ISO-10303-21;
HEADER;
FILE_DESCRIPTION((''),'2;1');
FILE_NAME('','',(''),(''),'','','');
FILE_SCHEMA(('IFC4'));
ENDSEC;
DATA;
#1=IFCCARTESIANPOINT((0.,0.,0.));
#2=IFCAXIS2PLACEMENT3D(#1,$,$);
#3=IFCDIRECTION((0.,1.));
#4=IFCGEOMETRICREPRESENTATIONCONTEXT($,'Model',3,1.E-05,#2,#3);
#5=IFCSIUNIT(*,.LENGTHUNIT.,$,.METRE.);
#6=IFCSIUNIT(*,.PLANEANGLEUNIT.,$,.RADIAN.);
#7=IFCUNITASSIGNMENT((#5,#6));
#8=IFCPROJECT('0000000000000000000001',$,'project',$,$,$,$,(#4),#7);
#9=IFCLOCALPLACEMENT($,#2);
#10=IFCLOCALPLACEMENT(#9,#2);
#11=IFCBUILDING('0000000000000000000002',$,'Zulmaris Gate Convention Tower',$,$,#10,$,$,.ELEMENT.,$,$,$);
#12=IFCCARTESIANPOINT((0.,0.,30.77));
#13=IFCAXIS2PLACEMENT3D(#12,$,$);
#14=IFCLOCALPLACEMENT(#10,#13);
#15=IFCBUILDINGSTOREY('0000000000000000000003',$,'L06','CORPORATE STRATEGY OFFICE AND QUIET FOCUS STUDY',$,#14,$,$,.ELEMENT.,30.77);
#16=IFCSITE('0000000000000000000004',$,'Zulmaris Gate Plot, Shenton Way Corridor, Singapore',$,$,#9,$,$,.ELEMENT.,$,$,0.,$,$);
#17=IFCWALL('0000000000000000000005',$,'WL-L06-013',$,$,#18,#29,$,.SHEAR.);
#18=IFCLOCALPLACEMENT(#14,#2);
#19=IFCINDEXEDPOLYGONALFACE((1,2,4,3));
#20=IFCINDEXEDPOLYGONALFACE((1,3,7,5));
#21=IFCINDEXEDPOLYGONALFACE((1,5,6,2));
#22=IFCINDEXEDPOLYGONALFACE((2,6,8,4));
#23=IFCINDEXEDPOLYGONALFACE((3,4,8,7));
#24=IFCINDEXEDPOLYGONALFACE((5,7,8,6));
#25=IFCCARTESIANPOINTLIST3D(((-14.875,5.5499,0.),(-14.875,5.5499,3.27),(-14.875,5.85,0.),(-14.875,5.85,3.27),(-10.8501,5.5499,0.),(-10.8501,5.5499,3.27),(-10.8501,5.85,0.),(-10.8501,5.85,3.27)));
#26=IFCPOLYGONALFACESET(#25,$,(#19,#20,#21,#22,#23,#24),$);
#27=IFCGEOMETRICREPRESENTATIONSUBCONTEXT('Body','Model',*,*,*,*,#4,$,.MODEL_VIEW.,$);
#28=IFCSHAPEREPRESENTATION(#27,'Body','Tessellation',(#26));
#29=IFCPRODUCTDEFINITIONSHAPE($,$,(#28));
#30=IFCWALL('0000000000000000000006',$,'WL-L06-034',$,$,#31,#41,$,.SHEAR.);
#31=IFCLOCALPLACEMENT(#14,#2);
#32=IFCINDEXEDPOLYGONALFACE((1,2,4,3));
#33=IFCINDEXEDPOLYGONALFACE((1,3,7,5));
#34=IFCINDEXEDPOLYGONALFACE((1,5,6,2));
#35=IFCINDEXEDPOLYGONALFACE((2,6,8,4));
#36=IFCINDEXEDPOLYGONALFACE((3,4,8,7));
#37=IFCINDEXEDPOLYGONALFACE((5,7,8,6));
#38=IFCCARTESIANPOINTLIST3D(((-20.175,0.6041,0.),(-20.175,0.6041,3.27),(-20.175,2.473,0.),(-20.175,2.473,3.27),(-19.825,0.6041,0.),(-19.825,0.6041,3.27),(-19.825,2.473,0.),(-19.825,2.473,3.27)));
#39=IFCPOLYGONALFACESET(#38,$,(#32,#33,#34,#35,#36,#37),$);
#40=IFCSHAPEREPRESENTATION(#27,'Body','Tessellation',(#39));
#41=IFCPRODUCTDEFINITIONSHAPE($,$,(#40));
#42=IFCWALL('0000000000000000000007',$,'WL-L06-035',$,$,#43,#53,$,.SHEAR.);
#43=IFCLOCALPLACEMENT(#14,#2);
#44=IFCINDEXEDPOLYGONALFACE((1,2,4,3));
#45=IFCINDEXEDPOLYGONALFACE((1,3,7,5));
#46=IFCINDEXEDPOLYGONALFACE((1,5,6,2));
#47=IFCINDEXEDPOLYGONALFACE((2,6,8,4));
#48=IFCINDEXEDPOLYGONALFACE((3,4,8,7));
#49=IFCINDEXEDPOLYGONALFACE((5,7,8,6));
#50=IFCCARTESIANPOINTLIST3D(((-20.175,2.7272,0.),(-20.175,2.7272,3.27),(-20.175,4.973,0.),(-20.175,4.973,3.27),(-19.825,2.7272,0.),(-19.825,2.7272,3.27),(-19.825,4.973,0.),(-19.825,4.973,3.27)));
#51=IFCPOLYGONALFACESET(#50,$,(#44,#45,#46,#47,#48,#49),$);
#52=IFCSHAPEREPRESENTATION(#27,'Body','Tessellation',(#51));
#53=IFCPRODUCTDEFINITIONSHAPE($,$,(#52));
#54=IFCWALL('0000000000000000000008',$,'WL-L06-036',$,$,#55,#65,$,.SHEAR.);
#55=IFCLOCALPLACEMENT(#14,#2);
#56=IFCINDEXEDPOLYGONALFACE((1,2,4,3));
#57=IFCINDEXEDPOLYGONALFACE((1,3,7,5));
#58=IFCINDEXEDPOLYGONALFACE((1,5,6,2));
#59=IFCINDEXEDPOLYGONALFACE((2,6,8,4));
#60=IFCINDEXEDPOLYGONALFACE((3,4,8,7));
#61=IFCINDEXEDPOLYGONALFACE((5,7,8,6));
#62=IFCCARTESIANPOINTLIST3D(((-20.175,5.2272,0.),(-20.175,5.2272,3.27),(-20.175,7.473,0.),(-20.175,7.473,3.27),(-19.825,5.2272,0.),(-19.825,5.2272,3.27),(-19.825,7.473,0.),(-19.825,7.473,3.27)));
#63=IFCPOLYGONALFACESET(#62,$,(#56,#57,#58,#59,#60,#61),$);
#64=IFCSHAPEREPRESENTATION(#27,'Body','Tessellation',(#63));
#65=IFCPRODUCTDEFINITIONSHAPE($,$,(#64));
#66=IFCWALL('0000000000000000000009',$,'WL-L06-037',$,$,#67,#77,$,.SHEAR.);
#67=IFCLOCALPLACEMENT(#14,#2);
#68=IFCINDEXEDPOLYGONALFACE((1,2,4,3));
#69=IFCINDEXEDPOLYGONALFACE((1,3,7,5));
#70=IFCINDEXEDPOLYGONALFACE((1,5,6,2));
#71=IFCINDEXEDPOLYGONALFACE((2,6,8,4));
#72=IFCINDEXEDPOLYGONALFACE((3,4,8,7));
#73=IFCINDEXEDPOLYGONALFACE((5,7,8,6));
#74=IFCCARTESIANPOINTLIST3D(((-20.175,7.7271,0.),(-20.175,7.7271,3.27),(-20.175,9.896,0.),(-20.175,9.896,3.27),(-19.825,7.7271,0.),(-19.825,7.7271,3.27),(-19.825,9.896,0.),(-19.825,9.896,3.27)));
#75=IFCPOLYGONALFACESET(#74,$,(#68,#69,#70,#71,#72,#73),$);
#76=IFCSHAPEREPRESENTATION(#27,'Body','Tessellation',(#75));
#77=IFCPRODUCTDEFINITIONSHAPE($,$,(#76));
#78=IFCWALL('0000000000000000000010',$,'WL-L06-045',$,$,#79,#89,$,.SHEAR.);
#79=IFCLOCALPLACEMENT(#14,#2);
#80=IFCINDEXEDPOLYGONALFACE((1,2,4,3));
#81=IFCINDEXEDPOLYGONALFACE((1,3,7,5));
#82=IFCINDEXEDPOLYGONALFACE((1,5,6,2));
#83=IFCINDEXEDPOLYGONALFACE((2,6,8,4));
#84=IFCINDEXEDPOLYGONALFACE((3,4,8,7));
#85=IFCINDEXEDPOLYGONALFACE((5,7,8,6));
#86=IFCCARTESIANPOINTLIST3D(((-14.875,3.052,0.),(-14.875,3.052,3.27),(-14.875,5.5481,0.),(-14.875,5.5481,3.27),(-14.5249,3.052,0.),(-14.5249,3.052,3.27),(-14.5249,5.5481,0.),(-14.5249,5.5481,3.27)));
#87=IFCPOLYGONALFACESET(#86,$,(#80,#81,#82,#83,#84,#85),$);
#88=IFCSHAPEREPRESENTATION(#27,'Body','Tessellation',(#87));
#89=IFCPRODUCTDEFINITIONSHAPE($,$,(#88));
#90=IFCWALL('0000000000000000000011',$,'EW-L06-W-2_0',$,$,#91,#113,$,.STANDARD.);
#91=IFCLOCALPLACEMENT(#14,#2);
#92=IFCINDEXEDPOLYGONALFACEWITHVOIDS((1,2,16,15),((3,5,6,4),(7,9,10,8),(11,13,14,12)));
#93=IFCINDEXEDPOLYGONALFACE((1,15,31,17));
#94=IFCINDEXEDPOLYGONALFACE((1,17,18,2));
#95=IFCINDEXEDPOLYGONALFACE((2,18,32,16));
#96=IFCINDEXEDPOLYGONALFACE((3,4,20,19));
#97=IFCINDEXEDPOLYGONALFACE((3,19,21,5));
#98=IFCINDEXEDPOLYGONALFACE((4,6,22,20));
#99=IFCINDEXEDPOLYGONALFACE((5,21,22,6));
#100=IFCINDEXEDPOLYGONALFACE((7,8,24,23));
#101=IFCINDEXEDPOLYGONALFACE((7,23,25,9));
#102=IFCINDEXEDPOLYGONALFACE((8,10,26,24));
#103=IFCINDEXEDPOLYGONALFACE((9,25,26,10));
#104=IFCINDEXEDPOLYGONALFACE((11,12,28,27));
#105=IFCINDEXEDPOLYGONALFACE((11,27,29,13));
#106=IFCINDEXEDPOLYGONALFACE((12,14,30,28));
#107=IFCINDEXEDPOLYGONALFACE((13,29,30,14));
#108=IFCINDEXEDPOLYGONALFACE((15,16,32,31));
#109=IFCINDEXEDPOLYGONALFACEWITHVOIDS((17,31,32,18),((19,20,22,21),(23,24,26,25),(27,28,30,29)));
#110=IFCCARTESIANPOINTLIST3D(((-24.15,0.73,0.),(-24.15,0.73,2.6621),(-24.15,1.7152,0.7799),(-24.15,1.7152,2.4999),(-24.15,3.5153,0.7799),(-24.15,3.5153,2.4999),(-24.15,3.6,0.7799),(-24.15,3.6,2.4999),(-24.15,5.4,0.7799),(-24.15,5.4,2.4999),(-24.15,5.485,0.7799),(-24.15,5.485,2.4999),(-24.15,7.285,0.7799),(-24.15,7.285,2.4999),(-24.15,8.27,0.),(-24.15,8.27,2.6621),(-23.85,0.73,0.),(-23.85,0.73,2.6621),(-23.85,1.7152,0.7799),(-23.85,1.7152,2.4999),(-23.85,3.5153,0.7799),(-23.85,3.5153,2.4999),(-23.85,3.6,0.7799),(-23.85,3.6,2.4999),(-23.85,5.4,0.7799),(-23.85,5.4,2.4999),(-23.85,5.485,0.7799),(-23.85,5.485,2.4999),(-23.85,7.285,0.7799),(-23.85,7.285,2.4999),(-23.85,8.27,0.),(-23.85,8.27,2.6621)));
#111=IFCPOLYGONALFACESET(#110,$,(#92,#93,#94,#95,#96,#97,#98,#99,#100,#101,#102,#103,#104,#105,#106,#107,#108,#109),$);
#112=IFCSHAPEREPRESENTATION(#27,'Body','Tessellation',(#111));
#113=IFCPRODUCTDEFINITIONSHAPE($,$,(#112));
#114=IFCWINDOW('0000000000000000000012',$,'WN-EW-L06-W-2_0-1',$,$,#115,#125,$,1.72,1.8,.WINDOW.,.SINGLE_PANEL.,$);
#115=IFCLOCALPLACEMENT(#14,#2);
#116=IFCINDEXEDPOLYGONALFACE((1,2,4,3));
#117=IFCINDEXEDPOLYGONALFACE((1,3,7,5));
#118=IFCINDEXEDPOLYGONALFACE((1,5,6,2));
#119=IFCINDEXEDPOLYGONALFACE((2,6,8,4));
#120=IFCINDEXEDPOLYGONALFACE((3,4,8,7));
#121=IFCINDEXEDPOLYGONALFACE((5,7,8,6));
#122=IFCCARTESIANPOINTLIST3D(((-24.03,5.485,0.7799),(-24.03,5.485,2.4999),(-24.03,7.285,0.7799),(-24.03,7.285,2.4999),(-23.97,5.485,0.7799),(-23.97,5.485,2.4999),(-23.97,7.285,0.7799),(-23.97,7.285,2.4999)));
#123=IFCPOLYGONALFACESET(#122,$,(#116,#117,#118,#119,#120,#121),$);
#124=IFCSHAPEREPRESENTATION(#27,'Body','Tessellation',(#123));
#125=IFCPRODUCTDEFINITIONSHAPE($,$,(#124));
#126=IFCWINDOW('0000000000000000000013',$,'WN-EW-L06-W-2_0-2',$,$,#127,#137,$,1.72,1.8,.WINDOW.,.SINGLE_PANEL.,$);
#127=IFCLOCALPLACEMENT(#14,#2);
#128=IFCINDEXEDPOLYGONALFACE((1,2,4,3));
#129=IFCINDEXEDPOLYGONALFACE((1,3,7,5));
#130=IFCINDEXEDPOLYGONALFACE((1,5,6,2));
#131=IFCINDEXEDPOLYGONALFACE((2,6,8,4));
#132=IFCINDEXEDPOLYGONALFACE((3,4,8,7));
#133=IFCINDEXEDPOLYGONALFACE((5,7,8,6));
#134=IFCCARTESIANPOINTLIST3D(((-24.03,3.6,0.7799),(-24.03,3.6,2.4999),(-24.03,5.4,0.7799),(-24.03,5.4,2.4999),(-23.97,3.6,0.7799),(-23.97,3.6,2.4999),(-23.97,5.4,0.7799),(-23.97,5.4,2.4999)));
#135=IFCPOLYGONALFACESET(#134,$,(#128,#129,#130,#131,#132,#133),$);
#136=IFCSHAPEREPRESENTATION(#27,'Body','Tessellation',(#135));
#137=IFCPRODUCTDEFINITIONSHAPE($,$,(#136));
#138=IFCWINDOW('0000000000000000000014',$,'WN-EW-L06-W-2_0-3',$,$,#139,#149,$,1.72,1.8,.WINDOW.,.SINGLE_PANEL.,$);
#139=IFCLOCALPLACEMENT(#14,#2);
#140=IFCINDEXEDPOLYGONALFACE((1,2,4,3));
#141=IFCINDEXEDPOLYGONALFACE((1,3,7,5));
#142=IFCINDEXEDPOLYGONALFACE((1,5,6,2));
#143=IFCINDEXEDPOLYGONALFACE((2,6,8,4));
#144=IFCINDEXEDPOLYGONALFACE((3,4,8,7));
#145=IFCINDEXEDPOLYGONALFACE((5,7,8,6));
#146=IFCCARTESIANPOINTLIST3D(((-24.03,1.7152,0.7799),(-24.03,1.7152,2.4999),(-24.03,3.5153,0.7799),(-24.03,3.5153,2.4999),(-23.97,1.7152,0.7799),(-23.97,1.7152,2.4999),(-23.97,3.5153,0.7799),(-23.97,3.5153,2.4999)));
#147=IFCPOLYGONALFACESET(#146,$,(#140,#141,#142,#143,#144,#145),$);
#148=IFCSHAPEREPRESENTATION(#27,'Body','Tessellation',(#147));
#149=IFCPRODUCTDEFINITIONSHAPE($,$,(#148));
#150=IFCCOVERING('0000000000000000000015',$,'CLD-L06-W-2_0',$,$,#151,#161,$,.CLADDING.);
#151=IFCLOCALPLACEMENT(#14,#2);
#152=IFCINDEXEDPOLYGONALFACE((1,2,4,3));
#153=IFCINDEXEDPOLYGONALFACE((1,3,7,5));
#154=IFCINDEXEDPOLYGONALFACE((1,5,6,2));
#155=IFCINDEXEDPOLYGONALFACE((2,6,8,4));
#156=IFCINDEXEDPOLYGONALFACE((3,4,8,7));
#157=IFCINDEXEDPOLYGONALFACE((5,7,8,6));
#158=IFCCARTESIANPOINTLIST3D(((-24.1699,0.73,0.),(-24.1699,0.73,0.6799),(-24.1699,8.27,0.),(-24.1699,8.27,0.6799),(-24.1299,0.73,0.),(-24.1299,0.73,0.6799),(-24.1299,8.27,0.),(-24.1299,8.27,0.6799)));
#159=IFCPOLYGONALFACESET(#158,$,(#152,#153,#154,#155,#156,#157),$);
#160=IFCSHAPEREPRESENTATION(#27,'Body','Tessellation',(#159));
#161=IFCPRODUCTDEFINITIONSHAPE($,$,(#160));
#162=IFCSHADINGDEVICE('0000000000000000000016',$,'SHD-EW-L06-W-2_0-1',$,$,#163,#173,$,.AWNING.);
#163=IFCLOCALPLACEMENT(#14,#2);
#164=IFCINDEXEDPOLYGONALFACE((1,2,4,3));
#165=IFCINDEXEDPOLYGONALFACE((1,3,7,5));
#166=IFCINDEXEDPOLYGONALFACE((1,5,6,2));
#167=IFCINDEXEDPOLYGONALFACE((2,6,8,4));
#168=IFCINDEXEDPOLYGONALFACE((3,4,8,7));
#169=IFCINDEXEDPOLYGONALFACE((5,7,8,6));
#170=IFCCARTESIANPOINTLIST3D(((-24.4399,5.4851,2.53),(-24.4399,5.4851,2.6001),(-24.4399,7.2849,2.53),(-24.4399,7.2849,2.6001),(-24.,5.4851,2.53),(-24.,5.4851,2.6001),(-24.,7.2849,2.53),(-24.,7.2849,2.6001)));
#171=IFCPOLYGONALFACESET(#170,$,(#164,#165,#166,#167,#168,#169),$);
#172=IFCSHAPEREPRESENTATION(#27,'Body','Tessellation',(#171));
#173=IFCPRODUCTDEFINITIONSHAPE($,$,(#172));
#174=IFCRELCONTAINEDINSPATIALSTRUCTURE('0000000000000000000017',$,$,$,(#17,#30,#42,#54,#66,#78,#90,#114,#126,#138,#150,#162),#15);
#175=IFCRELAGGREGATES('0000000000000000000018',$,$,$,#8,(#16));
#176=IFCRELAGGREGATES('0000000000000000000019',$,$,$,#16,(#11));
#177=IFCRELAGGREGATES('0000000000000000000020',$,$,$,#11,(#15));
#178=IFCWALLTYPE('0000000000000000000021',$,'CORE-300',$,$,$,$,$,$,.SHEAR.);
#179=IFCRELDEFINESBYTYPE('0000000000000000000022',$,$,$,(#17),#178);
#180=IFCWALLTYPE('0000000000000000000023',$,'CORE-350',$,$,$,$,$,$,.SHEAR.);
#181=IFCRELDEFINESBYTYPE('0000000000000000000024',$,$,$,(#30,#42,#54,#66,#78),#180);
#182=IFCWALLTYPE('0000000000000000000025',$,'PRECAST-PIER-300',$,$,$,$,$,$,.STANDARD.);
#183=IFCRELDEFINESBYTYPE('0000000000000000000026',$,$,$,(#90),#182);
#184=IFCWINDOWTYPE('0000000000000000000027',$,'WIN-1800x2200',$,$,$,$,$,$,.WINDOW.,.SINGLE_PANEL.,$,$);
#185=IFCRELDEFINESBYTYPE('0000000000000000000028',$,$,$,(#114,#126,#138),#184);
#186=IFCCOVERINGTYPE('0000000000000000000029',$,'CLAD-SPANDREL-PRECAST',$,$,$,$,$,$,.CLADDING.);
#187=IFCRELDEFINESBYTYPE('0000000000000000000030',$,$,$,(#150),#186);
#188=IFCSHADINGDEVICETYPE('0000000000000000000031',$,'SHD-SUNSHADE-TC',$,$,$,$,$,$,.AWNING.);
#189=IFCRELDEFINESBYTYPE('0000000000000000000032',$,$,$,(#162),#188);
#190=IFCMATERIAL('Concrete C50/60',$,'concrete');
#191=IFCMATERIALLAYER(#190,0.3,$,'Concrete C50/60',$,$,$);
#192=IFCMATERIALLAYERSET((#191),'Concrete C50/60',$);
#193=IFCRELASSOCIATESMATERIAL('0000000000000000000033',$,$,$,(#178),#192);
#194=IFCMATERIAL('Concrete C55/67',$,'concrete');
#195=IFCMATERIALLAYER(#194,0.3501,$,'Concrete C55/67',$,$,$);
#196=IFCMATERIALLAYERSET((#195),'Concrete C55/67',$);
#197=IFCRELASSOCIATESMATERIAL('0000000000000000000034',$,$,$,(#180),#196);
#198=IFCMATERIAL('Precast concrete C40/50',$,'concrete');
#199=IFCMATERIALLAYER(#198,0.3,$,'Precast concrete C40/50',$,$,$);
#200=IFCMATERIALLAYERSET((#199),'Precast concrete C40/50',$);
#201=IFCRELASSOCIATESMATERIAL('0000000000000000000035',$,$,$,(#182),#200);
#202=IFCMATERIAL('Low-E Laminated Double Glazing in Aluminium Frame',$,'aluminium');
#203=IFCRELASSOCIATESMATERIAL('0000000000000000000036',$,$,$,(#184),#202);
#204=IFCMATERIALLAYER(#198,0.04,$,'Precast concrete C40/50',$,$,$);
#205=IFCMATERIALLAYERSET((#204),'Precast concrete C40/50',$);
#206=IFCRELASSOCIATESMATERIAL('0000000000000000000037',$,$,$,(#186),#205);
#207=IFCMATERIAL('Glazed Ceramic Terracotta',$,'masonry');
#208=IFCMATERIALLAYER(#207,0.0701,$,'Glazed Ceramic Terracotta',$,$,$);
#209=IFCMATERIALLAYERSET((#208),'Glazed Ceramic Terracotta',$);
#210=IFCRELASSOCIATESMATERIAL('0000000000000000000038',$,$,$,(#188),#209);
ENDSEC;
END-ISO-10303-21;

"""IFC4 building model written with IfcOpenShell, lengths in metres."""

from ifc_helpers import new_model, si_unit, direction, frame, frame_2d, origin, place, context, subcontext, project, spatial, rectangle, extrude, material, layer, layer_set, type_object, element, fill, save


model = new_model("IFC4")

# Units and contexts
model_context = context("Model", 3, precision=1e-05, world=origin(), true_north=direction((0.0, 1.0)))
body_context = subcontext(model_context, "Body", "Model", "MODEL_VIEW")
ifc_project = project(units=[si_unit("LENGTHUNIT", "METRE"), si_unit("PLANEANGLEUNIT", "RADIAN")], contexts=[model_context])

# Site, building, storey
site_placement = place(None, origin())
site = spatial("IfcSite", under=ifc_project, at=site_placement, Name="Zulmaris Gate Plot, Shenton Way Corridor, Singapore", CompositionType="ELEMENT", RefElevation=0.0)
building_placement = place(site_placement, origin())
building = spatial("IfcBuilding", under=site, at=building_placement, Name="Zulmaris Gate Convention Tower", CompositionType="ELEMENT")
storey_placement = place(building_placement, frame((0.0, 0.0, 30.77)))
storey = spatial("IfcBuildingStorey", under=building, at=storey_placement, Name="L06", Description="CORPORATE STRATEGY OFFICE AND QUIET FOCUS STUDY", CompositionType="ELEMENT", Elevation=30.77)

# Shared definitions
ifc_material_1 = material(Name="Concrete C50/60", Category="concrete")

# Shared definitions
ifc_layer_1 = layer(ifc_material_1, 0.3, Name="Concrete C50/60")
ifc_layer_set_1 = layer_set([ifc_layer_1], Name="Concrete C50/60")
wall_type_1 = type_object("IfcWallType", Name="CORE-300", PredefinedType="SHEAR", material=ifc_layer_set_1)

# Walls
wall_1_placement = place(storey_placement, frame((-14.875, 5.7, 0.0), z_axis=(0.0, 0.0, 1.0), x_axis=(1.0, 0.0, 0.0)))
element("IfcWall", 1, at=wall_1_placement, inside=storey, type_object=wall_type_1, Name="WL-L06-013", PredefinedType="SHEAR", context=body_context, shape_type="SweptSolid", body=[
    extrude(rectangle(XDim=4.0249, YDim=0.3, at=frame_2d((2.0125, 0.0))), origin(), (0.0, 0.0, 1.0), 3.27),
])
ifc_material_2 = material(Name="Concrete C55/67", Category="concrete")
ifc_layer_2 = layer(ifc_material_2, 0.3501, Name="Concrete C55/67")
ifc_layer_set_2 = layer_set([ifc_layer_2], Name="Concrete C55/67")
wall_type_2 = type_object("IfcWallType", Name="CORE-350", PredefinedType="SHEAR", material=ifc_layer_set_2)
wall_2_placement = place(storey_placement, frame((-20.0, 0.604, 0.0), z_axis=(0.0, 0.0, 1.0), x_axis=(0.0, 1.0, 0.0)))
element("IfcWall", 2, at=wall_2_placement, inside=storey, type_object=wall_type_2, Name="WL-L06-034", PredefinedType="SHEAR", context=body_context, shape_type="SweptSolid", body=[
    extrude(rectangle(XDim=1.8689, YDim=0.3501, at=frame_2d((0.9346, 0.0))), origin(), (0.0, 0.0, 1.0), 3.27),
])
for number, where, z_axis, x_axis, name in (
    (3, (-20.0, 2.7271, 0.0), (0.0, 0.0, 1.0), (0.0, 1.0, 0.0), "WL-L06-035"),
    (4, (-20.0, 5.2271, 0.0), (0.0, 0.0, 1.0), (0.0, 1.0, 0.0), "WL-L06-036"),
):
    element("IfcWall", number, at=place(storey_placement, frame(where, z_axis=z_axis, x_axis=x_axis)), inside=storey, type_object=wall_type_2, Name=name, PredefinedType="SHEAR", context=body_context, shape_type="SweptSolid", body=[
        extrude(rectangle(XDim=2.2458, YDim=0.3501, at=frame_2d((1.123, 0.0))), origin(), (0.0, 0.0, 1.0), 3.27),
    ])
wall_3_placement = place(storey_placement, frame((-20.0, 7.7271, 0.0), z_axis=(0.0, 0.0, 1.0), x_axis=(0.0, 1.0, 0.0)))
element("IfcWall", 5, at=wall_3_placement, inside=storey, type_object=wall_type_2, Name="WL-L06-037", PredefinedType="SHEAR", context=body_context, shape_type="SweptSolid", body=[
    extrude(rectangle(XDim=2.1689, YDim=0.3501, at=frame_2d((1.0845, 0.0))), origin(), (0.0, 0.0, 1.0), 3.27),
])
wall_4_placement = place(storey_placement, frame((-14.7, 3.052, 0.0), z_axis=(0.0, 0.0, 1.0), x_axis=(0.0, 1.0, 0.0)))
element("IfcWall", 6, at=wall_4_placement, inside=storey, type_object=wall_type_2, Name="WL-L06-045", PredefinedType="SHEAR", context=body_context, shape_type="SweptSolid", body=[
    extrude(rectangle(XDim=2.4961, YDim=0.3501, at=frame_2d((1.248, 0.0))), origin(), (0.0, 0.0, 1.0), 3.27),
])

# Wall, openings, windows
ifc_material_3 = material(Name="Precast concrete C40/50", Category="concrete")
ifc_layer_3 = layer(ifc_material_3, 0.3, Name="Precast concrete C40/50")
ifc_layer_set_3 = layer_set([ifc_layer_3], Name="Precast concrete C40/50")
wall_type_3 = type_object("IfcWallType", Name="PRECAST-PIER-300", PredefinedType="STANDARD", material=ifc_layer_set_3)
wall_5_placement = place(storey_placement, frame((-24.0, 8.27, 0.0), z_axis=(0.0, 0.0, 1.0), x_axis=(0.0, -1.0, 0.0)))
wall_5 = element("IfcWall", 7, at=wall_5_placement, inside=storey, type_object=wall_type_3, Name="EW-L06-W-2_0", PredefinedType="STANDARD", context=body_context, shape_type="SweptSolid", body=[
    extrude(rectangle(XDim=7.54, YDim=0.3, at=frame_2d((3.77, 0.0))), origin(), (0.0, 0.0, 1.0), 2.6621),
])
opening_1_placement = place(wall_5_placement, frame((0.9851, 0.0, 0.78)))
opening_1 = element("IfcOpeningElement", 8, at=opening_1_placement, cuts=wall_5, PredefinedType="OPENING", context=body_context, shape_type="SweptSolid", body=[
    extrude(rectangle(XDim=1.8, YDim=1.72, at=frame_2d((0.8999, 0.8599))), frame((0.0, 0.1602, 0.0), z_axis=(0.0, -1.0, 0.0), x_axis=(1.0, 0.0, 0.0)), (0.0, 0.0, 1.0), 0.3201),
])
opening_2_placement = place(wall_5_placement, frame((2.8701, 0.0, 0.78)))
opening_2 = element("IfcOpeningElement", 9, at=opening_2_placement, cuts=wall_5, PredefinedType="OPENING", context=body_context, shape_type="SweptSolid", body=[
    extrude(rectangle(XDim=1.8, YDim=1.72, at=frame_2d((0.8999, 0.8599))), frame((0.0, 0.1602, 0.0), z_axis=(0.0, -1.0, 0.0), x_axis=(1.0, 0.0, 0.0)), (0.0, 0.0, 1.0), 0.3201),
])
opening_3_placement = place(wall_5_placement, frame((4.7549, 0.0, 0.78)))
opening_3 = element("IfcOpeningElement", 10, at=opening_3_placement, cuts=wall_5, PredefinedType="OPENING", context=body_context, shape_type="SweptSolid", body=[
    extrude(rectangle(XDim=1.8, YDim=1.72, at=frame_2d((0.8999, 0.8599))), frame((0.0, 0.1602, 0.0), z_axis=(0.0, -1.0, 0.0), x_axis=(1.0, 0.0, 0.0)), (0.0, 0.0, 1.0), 0.3201),
])
ifc_material_4 = material(Name="Low-E Laminated Double Glazing in Aluminium Frame", Category="aluminium")
window_type = type_object("IfcWindowType", Name="WIN-1800x2200", PartitioningType="SINGLE_PANEL", PredefinedType="WINDOW", material=ifc_material_4)
window_1_placement = place(opening_1_placement, origin())
window_1 = element("IfcWindow", 11, at=window_1_placement, inside=storey, type_object=window_type, Name="WN-EW-L06-W-2_0-1", OverallHeight=1.72, OverallWidth=1.8, PartitioningType="SINGLE_PANEL", PredefinedType="WINDOW", context=body_context, shape_type="SweptSolid", body=[
    extrude(rectangle(XDim=1.8, YDim=1.72, at=frame_2d((0.8999, 0.8599))), frame((0.0, 0.03, 0.0), z_axis=(0.0, -1.0, 0.0), x_axis=(1.0, 0.0, 0.0)), (0.0, 0.0, 1.0), 0.0601),
])
fill(opening_1, window_1)
window_2_placement = place(opening_2_placement, origin())
window_2 = element("IfcWindow", 12, at=window_2_placement, inside=storey, type_object=window_type, Name="WN-EW-L06-W-2_0-2", OverallHeight=1.72, OverallWidth=1.8, PartitioningType="SINGLE_PANEL", PredefinedType="WINDOW", context=body_context, shape_type="SweptSolid", body=[
    extrude(rectangle(XDim=1.8, YDim=1.72, at=frame_2d((0.8999, 0.8599))), frame((0.0, 0.03, 0.0), z_axis=(0.0, -1.0, 0.0), x_axis=(1.0, 0.0, 0.0)), (0.0, 0.0, 1.0), 0.0601),
])
fill(opening_2, window_2)
window_3_placement = place(opening_3_placement, origin())
window_3 = element("IfcWindow", 13, at=window_3_placement, inside=storey, type_object=window_type, Name="WN-EW-L06-W-2_0-3", OverallHeight=1.72, OverallWidth=1.8, PartitioningType="SINGLE_PANEL", PredefinedType="WINDOW", context=body_context, shape_type="SweptSolid", body=[
    extrude(rectangle(XDim=1.8, YDim=1.72, at=frame_2d((0.8999, 0.8599))), frame((0.0, 0.03, 0.0), z_axis=(0.0, -1.0, 0.0), x_axis=(1.0, 0.0, 0.0)), (0.0, 0.0, 1.0), 0.0601),
])
fill(opening_3, window_3)

# Covering
ifc_layer_4 = layer(ifc_material_3, 0.04, Name="Precast concrete C40/50")
ifc_layer_set_4 = layer_set([ifc_layer_4], Name="Precast concrete C40/50")
covering_type = type_object("IfcCoveringType", Name="CLAD-SPANDREL-PRECAST", PredefinedType="CLADDING", material=ifc_layer_set_4)
covering_placement = place(storey_placement, frame((-24.1499, 8.27, 0.0), z_axis=(0.0, 0.0, 1.0), x_axis=(0.0, -1.0, 0.0)))
element("IfcCovering", 14, at=covering_placement, inside=storey, type_object=covering_type, Name="CLD-L06-W-2_0", PredefinedType="CLADDING", context=body_context, shape_type="SweptSolid", body=[
    extrude(rectangle(XDim=7.54, YDim=0.04, at=frame_2d((3.77, 0.0))), origin(), (0.0, 0.0, 1.0), 0.6799),
])

# Shading device
ifc_material_5 = material(Name="Glazed Ceramic Terracotta", Category="masonry")
ifc_layer_5 = layer(ifc_material_5, 0.0701, Name="Glazed Ceramic Terracotta")
ifc_layer_set_5 = layer_set([ifc_layer_5], Name="Glazed Ceramic Terracotta")
shading_device_type = type_object("IfcShadingDeviceType", Name="SHD-SUNSHADE-TC", PredefinedType="AWNING", material=ifc_layer_set_5)
for number, where, z_axis, x_axis, name in (
    (15, (-24.22, 7.2849, 2.53), (0.0, 0.0, 1.0), (0.0, -1.0, 0.0), "SHD-EW-L06-W-2_0-1"),
):
    element("IfcShadingDevice", number, at=place(storey_placement, frame(where, z_axis=z_axis, x_axis=x_axis)), inside=storey, type_object=shading_device_type, Name=name, PredefinedType="AWNING", context=body_context, shape_type="SweptSolid", body=[
        extrude(rectangle(XDim=1.7998, YDim=0.4399, at=frame_2d((0.8999, 0.0))), origin(), (0.0, 0.0, 1.0), 0.0701),
    ])

save(model, "model.ifc")
